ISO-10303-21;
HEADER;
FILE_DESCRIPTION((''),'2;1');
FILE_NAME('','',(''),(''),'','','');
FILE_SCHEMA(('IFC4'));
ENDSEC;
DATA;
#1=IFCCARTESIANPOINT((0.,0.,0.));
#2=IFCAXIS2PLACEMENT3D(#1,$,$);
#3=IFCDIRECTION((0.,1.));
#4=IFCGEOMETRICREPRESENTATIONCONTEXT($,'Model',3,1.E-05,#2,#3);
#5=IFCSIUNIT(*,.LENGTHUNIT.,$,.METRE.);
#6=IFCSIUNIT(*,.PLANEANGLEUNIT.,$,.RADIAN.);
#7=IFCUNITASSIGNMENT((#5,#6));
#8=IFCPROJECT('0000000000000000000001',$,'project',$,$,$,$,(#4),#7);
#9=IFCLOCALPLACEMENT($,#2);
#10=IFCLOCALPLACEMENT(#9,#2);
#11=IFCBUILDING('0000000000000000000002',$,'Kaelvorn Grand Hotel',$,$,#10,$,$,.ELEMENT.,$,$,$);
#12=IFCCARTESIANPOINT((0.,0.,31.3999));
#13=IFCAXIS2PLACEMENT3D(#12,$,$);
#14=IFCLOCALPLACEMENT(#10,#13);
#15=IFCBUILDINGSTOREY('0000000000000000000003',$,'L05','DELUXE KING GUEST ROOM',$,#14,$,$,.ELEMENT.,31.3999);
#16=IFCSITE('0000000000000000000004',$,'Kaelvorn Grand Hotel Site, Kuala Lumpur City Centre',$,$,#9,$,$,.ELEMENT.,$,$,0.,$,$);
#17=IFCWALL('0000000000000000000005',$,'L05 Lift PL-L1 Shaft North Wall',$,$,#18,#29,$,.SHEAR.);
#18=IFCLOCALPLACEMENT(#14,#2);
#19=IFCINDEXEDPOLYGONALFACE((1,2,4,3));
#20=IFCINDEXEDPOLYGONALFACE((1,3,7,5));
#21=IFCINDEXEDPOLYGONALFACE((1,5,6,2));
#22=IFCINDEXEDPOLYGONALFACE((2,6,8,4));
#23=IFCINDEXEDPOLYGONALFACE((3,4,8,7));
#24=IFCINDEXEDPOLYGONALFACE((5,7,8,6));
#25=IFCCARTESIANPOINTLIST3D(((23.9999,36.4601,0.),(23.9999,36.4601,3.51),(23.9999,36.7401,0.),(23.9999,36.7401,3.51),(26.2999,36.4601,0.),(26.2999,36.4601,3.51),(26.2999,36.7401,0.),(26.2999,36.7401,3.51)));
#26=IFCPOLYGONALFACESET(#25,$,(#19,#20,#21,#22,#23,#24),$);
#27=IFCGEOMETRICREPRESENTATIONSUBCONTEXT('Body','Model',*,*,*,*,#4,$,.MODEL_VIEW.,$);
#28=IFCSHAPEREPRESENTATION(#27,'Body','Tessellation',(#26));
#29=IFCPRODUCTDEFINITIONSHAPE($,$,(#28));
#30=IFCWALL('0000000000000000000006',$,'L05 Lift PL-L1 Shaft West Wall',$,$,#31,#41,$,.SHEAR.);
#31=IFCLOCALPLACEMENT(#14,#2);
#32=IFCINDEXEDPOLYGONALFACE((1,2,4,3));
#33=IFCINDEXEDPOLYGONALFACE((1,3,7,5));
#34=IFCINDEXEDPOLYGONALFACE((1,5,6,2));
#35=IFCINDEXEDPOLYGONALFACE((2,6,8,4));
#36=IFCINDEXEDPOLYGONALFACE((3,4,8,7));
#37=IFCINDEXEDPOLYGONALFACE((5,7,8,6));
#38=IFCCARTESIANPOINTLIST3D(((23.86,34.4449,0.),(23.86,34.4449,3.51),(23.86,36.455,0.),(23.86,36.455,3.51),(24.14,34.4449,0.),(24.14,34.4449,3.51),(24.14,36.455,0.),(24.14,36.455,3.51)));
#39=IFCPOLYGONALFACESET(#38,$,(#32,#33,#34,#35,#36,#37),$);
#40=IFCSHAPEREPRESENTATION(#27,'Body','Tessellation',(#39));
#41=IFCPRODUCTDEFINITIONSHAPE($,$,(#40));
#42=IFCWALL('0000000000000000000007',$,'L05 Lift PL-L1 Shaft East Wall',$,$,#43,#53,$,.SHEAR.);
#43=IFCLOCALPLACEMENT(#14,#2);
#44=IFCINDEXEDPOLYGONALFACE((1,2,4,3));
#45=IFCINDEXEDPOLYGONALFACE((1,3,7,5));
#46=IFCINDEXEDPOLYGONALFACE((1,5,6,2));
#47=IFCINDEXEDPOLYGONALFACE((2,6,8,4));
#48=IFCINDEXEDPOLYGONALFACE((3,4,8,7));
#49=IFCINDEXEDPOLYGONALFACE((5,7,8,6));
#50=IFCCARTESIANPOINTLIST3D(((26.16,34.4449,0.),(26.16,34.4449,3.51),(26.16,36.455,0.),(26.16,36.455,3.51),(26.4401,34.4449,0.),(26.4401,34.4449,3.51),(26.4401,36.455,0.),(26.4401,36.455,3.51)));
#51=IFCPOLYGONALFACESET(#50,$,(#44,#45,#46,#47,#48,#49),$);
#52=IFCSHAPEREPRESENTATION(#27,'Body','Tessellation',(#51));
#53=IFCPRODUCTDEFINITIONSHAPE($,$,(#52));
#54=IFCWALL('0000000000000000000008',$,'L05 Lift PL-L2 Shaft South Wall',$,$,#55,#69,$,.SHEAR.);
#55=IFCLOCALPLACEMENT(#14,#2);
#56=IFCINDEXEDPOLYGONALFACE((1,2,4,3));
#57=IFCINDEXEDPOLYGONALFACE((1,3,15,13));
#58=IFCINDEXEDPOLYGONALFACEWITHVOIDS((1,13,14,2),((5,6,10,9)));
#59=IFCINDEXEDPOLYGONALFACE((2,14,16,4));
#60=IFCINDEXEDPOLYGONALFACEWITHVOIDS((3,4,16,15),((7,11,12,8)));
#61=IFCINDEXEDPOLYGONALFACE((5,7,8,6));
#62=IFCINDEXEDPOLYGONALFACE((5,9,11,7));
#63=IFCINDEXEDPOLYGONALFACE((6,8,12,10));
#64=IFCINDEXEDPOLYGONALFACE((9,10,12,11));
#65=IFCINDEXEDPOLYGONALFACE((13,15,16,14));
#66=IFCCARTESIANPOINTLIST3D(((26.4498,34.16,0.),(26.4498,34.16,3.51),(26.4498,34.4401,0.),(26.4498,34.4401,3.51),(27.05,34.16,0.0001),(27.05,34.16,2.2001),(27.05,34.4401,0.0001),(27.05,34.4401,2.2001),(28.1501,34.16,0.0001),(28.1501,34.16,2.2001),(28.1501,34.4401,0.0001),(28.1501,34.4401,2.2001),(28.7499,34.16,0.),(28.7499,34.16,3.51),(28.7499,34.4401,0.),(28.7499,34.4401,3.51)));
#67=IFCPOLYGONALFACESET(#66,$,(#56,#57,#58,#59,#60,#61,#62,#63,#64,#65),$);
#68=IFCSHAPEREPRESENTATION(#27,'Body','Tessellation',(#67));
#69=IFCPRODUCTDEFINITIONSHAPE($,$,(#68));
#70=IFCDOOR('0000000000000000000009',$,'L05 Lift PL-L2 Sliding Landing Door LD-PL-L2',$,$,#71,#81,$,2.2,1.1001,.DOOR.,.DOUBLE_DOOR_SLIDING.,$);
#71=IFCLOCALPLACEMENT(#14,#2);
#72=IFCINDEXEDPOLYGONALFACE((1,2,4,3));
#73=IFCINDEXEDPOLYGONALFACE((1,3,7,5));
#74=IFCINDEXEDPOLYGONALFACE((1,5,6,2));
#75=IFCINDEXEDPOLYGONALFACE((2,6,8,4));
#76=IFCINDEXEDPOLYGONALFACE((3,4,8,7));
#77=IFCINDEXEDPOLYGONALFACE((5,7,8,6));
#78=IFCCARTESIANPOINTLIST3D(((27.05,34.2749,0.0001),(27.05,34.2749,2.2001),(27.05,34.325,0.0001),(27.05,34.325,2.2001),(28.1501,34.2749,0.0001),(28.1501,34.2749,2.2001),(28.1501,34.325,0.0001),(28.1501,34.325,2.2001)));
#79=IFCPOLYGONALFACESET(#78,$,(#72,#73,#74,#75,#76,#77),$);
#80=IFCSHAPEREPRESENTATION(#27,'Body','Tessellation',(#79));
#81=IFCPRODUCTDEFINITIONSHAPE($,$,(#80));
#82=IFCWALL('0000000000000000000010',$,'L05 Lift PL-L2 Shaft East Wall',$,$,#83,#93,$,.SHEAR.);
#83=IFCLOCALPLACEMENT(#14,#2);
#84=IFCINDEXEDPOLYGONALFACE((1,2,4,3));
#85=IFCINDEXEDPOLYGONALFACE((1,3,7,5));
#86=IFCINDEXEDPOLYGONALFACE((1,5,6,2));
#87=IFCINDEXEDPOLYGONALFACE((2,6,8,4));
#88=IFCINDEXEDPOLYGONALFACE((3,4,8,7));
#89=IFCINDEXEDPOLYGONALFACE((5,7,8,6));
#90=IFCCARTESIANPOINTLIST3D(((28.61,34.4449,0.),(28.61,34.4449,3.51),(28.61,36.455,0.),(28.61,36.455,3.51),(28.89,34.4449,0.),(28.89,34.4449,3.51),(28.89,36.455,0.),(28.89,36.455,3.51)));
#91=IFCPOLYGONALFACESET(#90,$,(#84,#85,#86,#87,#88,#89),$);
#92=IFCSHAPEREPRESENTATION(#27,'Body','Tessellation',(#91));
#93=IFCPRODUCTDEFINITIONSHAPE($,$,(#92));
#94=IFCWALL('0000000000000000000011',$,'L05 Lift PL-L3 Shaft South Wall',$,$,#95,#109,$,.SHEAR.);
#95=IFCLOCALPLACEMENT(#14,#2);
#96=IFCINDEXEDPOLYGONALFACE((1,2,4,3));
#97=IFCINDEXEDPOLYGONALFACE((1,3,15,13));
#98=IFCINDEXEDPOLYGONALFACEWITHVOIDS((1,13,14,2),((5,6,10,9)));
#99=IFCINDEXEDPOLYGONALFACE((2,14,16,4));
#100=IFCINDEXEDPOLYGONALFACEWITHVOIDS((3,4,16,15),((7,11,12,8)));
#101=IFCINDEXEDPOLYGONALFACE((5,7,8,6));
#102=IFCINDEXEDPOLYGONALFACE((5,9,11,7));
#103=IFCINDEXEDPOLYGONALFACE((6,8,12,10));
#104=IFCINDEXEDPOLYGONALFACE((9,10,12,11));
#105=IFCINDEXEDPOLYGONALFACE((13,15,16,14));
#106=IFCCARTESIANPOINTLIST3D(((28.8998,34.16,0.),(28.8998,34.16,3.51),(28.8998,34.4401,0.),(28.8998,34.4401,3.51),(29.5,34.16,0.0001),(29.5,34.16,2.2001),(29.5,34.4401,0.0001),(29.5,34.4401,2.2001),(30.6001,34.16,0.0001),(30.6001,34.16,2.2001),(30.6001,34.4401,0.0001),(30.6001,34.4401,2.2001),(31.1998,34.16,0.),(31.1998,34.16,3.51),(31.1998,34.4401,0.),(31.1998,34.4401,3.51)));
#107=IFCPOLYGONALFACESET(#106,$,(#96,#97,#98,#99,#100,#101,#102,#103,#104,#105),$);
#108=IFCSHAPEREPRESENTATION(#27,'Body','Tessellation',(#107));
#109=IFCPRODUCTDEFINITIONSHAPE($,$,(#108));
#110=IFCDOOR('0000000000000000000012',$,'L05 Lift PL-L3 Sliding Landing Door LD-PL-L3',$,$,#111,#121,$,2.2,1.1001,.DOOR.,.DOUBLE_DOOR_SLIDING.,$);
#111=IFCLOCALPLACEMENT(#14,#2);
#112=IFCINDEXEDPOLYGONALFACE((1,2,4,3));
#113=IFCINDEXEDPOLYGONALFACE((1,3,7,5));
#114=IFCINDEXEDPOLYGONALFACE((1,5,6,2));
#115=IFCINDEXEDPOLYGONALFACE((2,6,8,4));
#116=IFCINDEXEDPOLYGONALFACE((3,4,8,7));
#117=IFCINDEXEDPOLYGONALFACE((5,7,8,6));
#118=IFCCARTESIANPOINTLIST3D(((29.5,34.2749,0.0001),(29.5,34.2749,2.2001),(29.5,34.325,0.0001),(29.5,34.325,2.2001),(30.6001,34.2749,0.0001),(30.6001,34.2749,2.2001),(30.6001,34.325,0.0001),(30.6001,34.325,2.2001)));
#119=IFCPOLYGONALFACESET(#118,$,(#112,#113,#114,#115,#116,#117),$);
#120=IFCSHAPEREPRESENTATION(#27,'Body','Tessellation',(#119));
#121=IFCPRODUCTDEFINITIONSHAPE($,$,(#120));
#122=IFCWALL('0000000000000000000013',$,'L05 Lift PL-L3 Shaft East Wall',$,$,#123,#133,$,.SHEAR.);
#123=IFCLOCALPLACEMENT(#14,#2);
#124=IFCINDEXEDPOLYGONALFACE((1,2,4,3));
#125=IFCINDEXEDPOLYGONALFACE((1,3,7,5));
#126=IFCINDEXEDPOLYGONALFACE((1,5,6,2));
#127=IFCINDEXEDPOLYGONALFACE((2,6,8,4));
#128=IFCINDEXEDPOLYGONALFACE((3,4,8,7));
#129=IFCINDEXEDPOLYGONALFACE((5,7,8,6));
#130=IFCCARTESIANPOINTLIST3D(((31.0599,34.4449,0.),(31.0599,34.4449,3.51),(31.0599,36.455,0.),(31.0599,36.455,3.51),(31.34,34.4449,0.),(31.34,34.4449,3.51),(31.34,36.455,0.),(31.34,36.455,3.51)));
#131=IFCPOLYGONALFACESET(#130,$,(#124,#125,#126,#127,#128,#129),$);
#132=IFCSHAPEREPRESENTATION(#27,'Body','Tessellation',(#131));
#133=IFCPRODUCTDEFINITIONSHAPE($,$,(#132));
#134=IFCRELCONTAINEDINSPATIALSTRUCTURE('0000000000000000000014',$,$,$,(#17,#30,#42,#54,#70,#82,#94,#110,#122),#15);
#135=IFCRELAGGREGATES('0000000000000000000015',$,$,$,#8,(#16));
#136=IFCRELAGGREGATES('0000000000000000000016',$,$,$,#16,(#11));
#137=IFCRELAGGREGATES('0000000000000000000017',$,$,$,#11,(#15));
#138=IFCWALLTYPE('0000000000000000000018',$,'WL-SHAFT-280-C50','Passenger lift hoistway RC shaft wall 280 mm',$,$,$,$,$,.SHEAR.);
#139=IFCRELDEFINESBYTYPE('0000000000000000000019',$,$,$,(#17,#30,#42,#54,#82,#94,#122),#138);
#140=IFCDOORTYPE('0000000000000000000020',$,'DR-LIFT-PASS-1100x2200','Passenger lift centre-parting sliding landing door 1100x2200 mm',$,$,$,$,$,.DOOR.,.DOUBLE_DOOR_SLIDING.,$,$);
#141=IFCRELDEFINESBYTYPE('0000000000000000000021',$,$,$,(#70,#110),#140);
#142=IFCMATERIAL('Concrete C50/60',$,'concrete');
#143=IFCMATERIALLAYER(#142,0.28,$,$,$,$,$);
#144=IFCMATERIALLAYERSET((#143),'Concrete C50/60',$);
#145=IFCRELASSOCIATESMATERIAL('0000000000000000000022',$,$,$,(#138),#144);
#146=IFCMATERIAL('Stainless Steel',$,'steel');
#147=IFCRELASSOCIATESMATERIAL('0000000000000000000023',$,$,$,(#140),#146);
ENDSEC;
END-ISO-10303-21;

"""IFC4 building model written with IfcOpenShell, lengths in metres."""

from ifc_helpers import new_model, si_unit, direction, frame, frame_2d, origin, place, context, subcontext, project, spatial, rectangle, extrude, material, layer, layer_set, type_object, element, fill, save


model = new_model("IFC4")

# Units and contexts
model_context = context("Model", 3, precision=1e-05, world=origin(), true_north=direction((0.0, 1.0)))
body_context = subcontext(model_context, "Body", "Model", "MODEL_VIEW")
ifc_project = project(units=[si_unit("LENGTHUNIT", "METRE"), si_unit("PLANEANGLEUNIT", "RADIAN")], contexts=[model_context])

# Site, building, storey
site_placement = place(None, origin())
site = spatial("IfcSite", under=ifc_project, at=site_placement, Name="Kaelvorn Grand Hotel Site, Kuala Lumpur City Centre", CompositionType="ELEMENT", RefElevation=0.0)
building_placement = place(site_placement, origin())
building = spatial("IfcBuilding", under=site, at=building_placement, Name="Kaelvorn Grand Hotel", CompositionType="ELEMENT")
storey_placement = place(building_placement, frame((0.0, 0.0, 31.3999)))
storey = spatial("IfcBuildingStorey", under=building, at=storey_placement, Name="L05", Description="DELUXE KING GUEST ROOM", CompositionType="ELEMENT", Elevation=31.3999)

# Shared definitions
ifc_material_1 = material(Name="Concrete C50/60", Category="concrete")
ifc_layer_1 = layer(ifc_material_1, 0.28)
ifc_layer_set_1 = layer_set([ifc_layer_1], Name="Concrete C50/60")
wall_type_1 = type_object("IfcWallType", Name="WL-SHAFT-280-C50", Description="Passenger lift hoistway RC shaft wall 280 mm", PredefinedType="SHEAR", material=ifc_layer_set_1)
ifc_material_2 = material(Name="Stainless Steel", Category="steel")
door_type_1 = type_object("IfcDoorType", Name="DR-LIFT-PASS-1100x2200", Description="Passenger lift centre-parting sliding landing door 1100x2200 mm", OperationType="DOUBLE_DOOR_SLIDING", PredefinedType="DOOR", material=ifc_material_2)

# Walls
wall_1_placement = place(storey_placement, frame((24.0, 36.6001, 0.0), z_axis=(0.0, 0.0, 1.0), x_axis=(1.0, 0.0, 0.0)))
element("IfcWall", 1, at=wall_1_placement, inside=storey, type_object=wall_type_1, Name="L05 Lift PL-L1 Shaft North Wall", PredefinedType="SHEAR", context=body_context, shape_type="SweptSolid", body=[
    extrude(rectangle(XDim=2.3, YDim=0.28, at=frame_2d((1.1499, 0.0))), origin(), (0.0, 0.0, 1.0), 3.51),
])
for number, where, z_axis, x_axis, name in (
    (2, (24.0, 34.4451, 0.0), (0.0, 0.0, 1.0), (0.0, 1.0, 0.0), "L05 Lift PL-L1 Shaft West Wall"),
    (3, (26.3, 34.4451, 0.0), (0.0, 0.0, 1.0), (0.0, 1.0, 0.0), "L05 Lift PL-L1 Shaft East Wall"),
):
    element("IfcWall", number, at=place(storey_placement, frame(where, z_axis=z_axis, x_axis=x_axis)), inside=storey, type_object=wall_type_1, Name=name, PredefinedType="SHEAR", context=body_context, shape_type="SweptSolid", body=[
        extrude(rectangle(XDim=2.01, YDim=0.28, at=frame_2d((1.0049, 0.0))), origin(), (0.0, 0.0, 1.0), 3.51),
    ])

# Wall, opening, door
wall_2_placement = place(storey_placement, frame((26.45, 34.3, 0.0), z_axis=(0.0, 0.0, 1.0), x_axis=(1.0, 0.0, 0.0)))
wall_2 = element("IfcWall", 4, at=wall_2_placement, inside=storey, type_object=wall_type_1, Name="L05 Lift PL-L2 Shaft South Wall", PredefinedType="SHEAR", context=body_context, shape_type="SweptSolid", body=[
    extrude(rectangle(XDim=2.3, YDim=0.28, at=frame_2d((1.1499, 0.0))), origin(), (0.0, 0.0, 1.0), 3.51),
])
opening_1_placement = place(wall_2_placement, frame((0.6001, 0.0, 0.0)))
opening_1 = element("IfcOpeningElement", 5, at=opening_1_placement, cuts=wall_2, PredefinedType="OPENING", context=body_context, shape_type="SweptSolid", body=[
    extrude(rectangle(XDim=1.1001, YDim=2.2, at=frame_2d((0.55, 1.1001))), frame((0.0, 0.1499, 0.0), z_axis=(0.0, -1.0, 0.0), x_axis=(1.0, 0.0, 0.0)), (0.0, 0.0, 1.0), 0.3),
])
door_1_placement = place(opening_1_placement, origin())
door_1 = element("IfcDoor", 6, at=door_1_placement, inside=storey, type_object=door_type_1, Name="L05 Lift PL-L2 Sliding Landing Door LD-PL-L2", OperationType="DOUBLE_DOOR_SLIDING", OverallHeight=2.2, OverallWidth=1.1001, PredefinedType="DOOR", context=body_context, shape_type="SweptSolid", body=[
    extrude(rectangle(XDim=1.1001, YDim=2.2, at=frame_2d((0.55, 1.1001))), frame((0.0, 0.0249, 0.0), z_axis=(0.0, -1.0, 0.0), x_axis=(1.0, 0.0, 0.0)), (0.0, 0.0, 1.0), 0.05),
])
fill(opening_1, door_1)

# Wall
wall_3_placement = place(storey_placement, frame((28.75, 34.4451, 0.0), z_axis=(0.0, 0.0, 1.0), x_axis=(0.0, 1.0, 0.0)))
element("IfcWall", 7, at=wall_3_placement, inside=storey, type_object=wall_type_1, Name="L05 Lift PL-L2 Shaft East Wall", PredefinedType="SHEAR", context=body_context, shape_type="SweptSolid", body=[
    extrude(rectangle(XDim=2.01, YDim=0.28, at=frame_2d((1.0049, 0.0))), origin(), (0.0, 0.0, 1.0), 3.51),
])

# Wall, opening, door
wall_4_placement = place(storey_placement, frame((28.8999, 34.3, 0.0), z_axis=(0.0, 0.0, 1.0), x_axis=(1.0, 0.0, 0.0)))
wall_4 = element("IfcWall", 8, at=wall_4_placement, inside=storey, type_object=wall_type_1, Name="L05 Lift PL-L3 Shaft South Wall", PredefinedType="SHEAR", context=body_context, shape_type="SweptSolid", body=[
    extrude(rectangle(XDim=2.3, YDim=0.28, at=frame_2d((1.1499, 0.0))), origin(), (0.0, 0.0, 1.0), 3.51),
])
opening_2_placement = place(wall_4_placement, frame((0.6001, 0.0, 0.0)))
opening_2 = element("IfcOpeningElement", 9, at=opening_2_placement, cuts=wall_4, PredefinedType="OPENING", context=body_context, shape_type="SweptSolid", body=[
    extrude(rectangle(XDim=1.1001, YDim=2.2, at=frame_2d((0.55, 1.1001))), frame((0.0, 0.1499, 0.0), z_axis=(0.0, -1.0, 0.0), x_axis=(1.0, 0.0, 0.0)), (0.0, 0.0, 1.0), 0.3),
])
door_2_placement = place(opening_2_placement, origin())
door_2 = element("IfcDoor", 10, at=door_2_placement, inside=storey, type_object=door_type_1, Name="L05 Lift PL-L3 Sliding Landing Door LD-PL-L3", OperationType="DOUBLE_DOOR_SLIDING", OverallHeight=2.2, OverallWidth=1.1001, PredefinedType="DOOR", context=body_context, shape_type="SweptSolid", body=[
    extrude(rectangle(XDim=1.1001, YDim=2.2, at=frame_2d((0.55, 1.1001))), frame((0.0, 0.0249, 0.0), z_axis=(0.0, -1.0, 0.0), x_axis=(1.0, 0.0, 0.0)), (0.0, 0.0, 1.0), 0.05),
])
fill(opening_2, door_2)

# Wall
wall_5_placement = place(storey_placement, frame((31.2, 34.4451, 0.0), z_axis=(0.0, 0.0, 1.0), x_axis=(0.0, 1.0, 0.0)))
element("IfcWall", 11, at=wall_5_placement, inside=storey, type_object=wall_type_1, Name="L05 Lift PL-L3 Shaft East Wall", PredefinedType="SHEAR", context=body_context, shape_type="SweptSolid", body=[
    extrude(rectangle(XDim=2.01, YDim=0.28, at=frame_2d((1.0049, 0.0))), origin(), (0.0, 0.0, 1.0), 3.51),
])

save(model, "model.ifc")
